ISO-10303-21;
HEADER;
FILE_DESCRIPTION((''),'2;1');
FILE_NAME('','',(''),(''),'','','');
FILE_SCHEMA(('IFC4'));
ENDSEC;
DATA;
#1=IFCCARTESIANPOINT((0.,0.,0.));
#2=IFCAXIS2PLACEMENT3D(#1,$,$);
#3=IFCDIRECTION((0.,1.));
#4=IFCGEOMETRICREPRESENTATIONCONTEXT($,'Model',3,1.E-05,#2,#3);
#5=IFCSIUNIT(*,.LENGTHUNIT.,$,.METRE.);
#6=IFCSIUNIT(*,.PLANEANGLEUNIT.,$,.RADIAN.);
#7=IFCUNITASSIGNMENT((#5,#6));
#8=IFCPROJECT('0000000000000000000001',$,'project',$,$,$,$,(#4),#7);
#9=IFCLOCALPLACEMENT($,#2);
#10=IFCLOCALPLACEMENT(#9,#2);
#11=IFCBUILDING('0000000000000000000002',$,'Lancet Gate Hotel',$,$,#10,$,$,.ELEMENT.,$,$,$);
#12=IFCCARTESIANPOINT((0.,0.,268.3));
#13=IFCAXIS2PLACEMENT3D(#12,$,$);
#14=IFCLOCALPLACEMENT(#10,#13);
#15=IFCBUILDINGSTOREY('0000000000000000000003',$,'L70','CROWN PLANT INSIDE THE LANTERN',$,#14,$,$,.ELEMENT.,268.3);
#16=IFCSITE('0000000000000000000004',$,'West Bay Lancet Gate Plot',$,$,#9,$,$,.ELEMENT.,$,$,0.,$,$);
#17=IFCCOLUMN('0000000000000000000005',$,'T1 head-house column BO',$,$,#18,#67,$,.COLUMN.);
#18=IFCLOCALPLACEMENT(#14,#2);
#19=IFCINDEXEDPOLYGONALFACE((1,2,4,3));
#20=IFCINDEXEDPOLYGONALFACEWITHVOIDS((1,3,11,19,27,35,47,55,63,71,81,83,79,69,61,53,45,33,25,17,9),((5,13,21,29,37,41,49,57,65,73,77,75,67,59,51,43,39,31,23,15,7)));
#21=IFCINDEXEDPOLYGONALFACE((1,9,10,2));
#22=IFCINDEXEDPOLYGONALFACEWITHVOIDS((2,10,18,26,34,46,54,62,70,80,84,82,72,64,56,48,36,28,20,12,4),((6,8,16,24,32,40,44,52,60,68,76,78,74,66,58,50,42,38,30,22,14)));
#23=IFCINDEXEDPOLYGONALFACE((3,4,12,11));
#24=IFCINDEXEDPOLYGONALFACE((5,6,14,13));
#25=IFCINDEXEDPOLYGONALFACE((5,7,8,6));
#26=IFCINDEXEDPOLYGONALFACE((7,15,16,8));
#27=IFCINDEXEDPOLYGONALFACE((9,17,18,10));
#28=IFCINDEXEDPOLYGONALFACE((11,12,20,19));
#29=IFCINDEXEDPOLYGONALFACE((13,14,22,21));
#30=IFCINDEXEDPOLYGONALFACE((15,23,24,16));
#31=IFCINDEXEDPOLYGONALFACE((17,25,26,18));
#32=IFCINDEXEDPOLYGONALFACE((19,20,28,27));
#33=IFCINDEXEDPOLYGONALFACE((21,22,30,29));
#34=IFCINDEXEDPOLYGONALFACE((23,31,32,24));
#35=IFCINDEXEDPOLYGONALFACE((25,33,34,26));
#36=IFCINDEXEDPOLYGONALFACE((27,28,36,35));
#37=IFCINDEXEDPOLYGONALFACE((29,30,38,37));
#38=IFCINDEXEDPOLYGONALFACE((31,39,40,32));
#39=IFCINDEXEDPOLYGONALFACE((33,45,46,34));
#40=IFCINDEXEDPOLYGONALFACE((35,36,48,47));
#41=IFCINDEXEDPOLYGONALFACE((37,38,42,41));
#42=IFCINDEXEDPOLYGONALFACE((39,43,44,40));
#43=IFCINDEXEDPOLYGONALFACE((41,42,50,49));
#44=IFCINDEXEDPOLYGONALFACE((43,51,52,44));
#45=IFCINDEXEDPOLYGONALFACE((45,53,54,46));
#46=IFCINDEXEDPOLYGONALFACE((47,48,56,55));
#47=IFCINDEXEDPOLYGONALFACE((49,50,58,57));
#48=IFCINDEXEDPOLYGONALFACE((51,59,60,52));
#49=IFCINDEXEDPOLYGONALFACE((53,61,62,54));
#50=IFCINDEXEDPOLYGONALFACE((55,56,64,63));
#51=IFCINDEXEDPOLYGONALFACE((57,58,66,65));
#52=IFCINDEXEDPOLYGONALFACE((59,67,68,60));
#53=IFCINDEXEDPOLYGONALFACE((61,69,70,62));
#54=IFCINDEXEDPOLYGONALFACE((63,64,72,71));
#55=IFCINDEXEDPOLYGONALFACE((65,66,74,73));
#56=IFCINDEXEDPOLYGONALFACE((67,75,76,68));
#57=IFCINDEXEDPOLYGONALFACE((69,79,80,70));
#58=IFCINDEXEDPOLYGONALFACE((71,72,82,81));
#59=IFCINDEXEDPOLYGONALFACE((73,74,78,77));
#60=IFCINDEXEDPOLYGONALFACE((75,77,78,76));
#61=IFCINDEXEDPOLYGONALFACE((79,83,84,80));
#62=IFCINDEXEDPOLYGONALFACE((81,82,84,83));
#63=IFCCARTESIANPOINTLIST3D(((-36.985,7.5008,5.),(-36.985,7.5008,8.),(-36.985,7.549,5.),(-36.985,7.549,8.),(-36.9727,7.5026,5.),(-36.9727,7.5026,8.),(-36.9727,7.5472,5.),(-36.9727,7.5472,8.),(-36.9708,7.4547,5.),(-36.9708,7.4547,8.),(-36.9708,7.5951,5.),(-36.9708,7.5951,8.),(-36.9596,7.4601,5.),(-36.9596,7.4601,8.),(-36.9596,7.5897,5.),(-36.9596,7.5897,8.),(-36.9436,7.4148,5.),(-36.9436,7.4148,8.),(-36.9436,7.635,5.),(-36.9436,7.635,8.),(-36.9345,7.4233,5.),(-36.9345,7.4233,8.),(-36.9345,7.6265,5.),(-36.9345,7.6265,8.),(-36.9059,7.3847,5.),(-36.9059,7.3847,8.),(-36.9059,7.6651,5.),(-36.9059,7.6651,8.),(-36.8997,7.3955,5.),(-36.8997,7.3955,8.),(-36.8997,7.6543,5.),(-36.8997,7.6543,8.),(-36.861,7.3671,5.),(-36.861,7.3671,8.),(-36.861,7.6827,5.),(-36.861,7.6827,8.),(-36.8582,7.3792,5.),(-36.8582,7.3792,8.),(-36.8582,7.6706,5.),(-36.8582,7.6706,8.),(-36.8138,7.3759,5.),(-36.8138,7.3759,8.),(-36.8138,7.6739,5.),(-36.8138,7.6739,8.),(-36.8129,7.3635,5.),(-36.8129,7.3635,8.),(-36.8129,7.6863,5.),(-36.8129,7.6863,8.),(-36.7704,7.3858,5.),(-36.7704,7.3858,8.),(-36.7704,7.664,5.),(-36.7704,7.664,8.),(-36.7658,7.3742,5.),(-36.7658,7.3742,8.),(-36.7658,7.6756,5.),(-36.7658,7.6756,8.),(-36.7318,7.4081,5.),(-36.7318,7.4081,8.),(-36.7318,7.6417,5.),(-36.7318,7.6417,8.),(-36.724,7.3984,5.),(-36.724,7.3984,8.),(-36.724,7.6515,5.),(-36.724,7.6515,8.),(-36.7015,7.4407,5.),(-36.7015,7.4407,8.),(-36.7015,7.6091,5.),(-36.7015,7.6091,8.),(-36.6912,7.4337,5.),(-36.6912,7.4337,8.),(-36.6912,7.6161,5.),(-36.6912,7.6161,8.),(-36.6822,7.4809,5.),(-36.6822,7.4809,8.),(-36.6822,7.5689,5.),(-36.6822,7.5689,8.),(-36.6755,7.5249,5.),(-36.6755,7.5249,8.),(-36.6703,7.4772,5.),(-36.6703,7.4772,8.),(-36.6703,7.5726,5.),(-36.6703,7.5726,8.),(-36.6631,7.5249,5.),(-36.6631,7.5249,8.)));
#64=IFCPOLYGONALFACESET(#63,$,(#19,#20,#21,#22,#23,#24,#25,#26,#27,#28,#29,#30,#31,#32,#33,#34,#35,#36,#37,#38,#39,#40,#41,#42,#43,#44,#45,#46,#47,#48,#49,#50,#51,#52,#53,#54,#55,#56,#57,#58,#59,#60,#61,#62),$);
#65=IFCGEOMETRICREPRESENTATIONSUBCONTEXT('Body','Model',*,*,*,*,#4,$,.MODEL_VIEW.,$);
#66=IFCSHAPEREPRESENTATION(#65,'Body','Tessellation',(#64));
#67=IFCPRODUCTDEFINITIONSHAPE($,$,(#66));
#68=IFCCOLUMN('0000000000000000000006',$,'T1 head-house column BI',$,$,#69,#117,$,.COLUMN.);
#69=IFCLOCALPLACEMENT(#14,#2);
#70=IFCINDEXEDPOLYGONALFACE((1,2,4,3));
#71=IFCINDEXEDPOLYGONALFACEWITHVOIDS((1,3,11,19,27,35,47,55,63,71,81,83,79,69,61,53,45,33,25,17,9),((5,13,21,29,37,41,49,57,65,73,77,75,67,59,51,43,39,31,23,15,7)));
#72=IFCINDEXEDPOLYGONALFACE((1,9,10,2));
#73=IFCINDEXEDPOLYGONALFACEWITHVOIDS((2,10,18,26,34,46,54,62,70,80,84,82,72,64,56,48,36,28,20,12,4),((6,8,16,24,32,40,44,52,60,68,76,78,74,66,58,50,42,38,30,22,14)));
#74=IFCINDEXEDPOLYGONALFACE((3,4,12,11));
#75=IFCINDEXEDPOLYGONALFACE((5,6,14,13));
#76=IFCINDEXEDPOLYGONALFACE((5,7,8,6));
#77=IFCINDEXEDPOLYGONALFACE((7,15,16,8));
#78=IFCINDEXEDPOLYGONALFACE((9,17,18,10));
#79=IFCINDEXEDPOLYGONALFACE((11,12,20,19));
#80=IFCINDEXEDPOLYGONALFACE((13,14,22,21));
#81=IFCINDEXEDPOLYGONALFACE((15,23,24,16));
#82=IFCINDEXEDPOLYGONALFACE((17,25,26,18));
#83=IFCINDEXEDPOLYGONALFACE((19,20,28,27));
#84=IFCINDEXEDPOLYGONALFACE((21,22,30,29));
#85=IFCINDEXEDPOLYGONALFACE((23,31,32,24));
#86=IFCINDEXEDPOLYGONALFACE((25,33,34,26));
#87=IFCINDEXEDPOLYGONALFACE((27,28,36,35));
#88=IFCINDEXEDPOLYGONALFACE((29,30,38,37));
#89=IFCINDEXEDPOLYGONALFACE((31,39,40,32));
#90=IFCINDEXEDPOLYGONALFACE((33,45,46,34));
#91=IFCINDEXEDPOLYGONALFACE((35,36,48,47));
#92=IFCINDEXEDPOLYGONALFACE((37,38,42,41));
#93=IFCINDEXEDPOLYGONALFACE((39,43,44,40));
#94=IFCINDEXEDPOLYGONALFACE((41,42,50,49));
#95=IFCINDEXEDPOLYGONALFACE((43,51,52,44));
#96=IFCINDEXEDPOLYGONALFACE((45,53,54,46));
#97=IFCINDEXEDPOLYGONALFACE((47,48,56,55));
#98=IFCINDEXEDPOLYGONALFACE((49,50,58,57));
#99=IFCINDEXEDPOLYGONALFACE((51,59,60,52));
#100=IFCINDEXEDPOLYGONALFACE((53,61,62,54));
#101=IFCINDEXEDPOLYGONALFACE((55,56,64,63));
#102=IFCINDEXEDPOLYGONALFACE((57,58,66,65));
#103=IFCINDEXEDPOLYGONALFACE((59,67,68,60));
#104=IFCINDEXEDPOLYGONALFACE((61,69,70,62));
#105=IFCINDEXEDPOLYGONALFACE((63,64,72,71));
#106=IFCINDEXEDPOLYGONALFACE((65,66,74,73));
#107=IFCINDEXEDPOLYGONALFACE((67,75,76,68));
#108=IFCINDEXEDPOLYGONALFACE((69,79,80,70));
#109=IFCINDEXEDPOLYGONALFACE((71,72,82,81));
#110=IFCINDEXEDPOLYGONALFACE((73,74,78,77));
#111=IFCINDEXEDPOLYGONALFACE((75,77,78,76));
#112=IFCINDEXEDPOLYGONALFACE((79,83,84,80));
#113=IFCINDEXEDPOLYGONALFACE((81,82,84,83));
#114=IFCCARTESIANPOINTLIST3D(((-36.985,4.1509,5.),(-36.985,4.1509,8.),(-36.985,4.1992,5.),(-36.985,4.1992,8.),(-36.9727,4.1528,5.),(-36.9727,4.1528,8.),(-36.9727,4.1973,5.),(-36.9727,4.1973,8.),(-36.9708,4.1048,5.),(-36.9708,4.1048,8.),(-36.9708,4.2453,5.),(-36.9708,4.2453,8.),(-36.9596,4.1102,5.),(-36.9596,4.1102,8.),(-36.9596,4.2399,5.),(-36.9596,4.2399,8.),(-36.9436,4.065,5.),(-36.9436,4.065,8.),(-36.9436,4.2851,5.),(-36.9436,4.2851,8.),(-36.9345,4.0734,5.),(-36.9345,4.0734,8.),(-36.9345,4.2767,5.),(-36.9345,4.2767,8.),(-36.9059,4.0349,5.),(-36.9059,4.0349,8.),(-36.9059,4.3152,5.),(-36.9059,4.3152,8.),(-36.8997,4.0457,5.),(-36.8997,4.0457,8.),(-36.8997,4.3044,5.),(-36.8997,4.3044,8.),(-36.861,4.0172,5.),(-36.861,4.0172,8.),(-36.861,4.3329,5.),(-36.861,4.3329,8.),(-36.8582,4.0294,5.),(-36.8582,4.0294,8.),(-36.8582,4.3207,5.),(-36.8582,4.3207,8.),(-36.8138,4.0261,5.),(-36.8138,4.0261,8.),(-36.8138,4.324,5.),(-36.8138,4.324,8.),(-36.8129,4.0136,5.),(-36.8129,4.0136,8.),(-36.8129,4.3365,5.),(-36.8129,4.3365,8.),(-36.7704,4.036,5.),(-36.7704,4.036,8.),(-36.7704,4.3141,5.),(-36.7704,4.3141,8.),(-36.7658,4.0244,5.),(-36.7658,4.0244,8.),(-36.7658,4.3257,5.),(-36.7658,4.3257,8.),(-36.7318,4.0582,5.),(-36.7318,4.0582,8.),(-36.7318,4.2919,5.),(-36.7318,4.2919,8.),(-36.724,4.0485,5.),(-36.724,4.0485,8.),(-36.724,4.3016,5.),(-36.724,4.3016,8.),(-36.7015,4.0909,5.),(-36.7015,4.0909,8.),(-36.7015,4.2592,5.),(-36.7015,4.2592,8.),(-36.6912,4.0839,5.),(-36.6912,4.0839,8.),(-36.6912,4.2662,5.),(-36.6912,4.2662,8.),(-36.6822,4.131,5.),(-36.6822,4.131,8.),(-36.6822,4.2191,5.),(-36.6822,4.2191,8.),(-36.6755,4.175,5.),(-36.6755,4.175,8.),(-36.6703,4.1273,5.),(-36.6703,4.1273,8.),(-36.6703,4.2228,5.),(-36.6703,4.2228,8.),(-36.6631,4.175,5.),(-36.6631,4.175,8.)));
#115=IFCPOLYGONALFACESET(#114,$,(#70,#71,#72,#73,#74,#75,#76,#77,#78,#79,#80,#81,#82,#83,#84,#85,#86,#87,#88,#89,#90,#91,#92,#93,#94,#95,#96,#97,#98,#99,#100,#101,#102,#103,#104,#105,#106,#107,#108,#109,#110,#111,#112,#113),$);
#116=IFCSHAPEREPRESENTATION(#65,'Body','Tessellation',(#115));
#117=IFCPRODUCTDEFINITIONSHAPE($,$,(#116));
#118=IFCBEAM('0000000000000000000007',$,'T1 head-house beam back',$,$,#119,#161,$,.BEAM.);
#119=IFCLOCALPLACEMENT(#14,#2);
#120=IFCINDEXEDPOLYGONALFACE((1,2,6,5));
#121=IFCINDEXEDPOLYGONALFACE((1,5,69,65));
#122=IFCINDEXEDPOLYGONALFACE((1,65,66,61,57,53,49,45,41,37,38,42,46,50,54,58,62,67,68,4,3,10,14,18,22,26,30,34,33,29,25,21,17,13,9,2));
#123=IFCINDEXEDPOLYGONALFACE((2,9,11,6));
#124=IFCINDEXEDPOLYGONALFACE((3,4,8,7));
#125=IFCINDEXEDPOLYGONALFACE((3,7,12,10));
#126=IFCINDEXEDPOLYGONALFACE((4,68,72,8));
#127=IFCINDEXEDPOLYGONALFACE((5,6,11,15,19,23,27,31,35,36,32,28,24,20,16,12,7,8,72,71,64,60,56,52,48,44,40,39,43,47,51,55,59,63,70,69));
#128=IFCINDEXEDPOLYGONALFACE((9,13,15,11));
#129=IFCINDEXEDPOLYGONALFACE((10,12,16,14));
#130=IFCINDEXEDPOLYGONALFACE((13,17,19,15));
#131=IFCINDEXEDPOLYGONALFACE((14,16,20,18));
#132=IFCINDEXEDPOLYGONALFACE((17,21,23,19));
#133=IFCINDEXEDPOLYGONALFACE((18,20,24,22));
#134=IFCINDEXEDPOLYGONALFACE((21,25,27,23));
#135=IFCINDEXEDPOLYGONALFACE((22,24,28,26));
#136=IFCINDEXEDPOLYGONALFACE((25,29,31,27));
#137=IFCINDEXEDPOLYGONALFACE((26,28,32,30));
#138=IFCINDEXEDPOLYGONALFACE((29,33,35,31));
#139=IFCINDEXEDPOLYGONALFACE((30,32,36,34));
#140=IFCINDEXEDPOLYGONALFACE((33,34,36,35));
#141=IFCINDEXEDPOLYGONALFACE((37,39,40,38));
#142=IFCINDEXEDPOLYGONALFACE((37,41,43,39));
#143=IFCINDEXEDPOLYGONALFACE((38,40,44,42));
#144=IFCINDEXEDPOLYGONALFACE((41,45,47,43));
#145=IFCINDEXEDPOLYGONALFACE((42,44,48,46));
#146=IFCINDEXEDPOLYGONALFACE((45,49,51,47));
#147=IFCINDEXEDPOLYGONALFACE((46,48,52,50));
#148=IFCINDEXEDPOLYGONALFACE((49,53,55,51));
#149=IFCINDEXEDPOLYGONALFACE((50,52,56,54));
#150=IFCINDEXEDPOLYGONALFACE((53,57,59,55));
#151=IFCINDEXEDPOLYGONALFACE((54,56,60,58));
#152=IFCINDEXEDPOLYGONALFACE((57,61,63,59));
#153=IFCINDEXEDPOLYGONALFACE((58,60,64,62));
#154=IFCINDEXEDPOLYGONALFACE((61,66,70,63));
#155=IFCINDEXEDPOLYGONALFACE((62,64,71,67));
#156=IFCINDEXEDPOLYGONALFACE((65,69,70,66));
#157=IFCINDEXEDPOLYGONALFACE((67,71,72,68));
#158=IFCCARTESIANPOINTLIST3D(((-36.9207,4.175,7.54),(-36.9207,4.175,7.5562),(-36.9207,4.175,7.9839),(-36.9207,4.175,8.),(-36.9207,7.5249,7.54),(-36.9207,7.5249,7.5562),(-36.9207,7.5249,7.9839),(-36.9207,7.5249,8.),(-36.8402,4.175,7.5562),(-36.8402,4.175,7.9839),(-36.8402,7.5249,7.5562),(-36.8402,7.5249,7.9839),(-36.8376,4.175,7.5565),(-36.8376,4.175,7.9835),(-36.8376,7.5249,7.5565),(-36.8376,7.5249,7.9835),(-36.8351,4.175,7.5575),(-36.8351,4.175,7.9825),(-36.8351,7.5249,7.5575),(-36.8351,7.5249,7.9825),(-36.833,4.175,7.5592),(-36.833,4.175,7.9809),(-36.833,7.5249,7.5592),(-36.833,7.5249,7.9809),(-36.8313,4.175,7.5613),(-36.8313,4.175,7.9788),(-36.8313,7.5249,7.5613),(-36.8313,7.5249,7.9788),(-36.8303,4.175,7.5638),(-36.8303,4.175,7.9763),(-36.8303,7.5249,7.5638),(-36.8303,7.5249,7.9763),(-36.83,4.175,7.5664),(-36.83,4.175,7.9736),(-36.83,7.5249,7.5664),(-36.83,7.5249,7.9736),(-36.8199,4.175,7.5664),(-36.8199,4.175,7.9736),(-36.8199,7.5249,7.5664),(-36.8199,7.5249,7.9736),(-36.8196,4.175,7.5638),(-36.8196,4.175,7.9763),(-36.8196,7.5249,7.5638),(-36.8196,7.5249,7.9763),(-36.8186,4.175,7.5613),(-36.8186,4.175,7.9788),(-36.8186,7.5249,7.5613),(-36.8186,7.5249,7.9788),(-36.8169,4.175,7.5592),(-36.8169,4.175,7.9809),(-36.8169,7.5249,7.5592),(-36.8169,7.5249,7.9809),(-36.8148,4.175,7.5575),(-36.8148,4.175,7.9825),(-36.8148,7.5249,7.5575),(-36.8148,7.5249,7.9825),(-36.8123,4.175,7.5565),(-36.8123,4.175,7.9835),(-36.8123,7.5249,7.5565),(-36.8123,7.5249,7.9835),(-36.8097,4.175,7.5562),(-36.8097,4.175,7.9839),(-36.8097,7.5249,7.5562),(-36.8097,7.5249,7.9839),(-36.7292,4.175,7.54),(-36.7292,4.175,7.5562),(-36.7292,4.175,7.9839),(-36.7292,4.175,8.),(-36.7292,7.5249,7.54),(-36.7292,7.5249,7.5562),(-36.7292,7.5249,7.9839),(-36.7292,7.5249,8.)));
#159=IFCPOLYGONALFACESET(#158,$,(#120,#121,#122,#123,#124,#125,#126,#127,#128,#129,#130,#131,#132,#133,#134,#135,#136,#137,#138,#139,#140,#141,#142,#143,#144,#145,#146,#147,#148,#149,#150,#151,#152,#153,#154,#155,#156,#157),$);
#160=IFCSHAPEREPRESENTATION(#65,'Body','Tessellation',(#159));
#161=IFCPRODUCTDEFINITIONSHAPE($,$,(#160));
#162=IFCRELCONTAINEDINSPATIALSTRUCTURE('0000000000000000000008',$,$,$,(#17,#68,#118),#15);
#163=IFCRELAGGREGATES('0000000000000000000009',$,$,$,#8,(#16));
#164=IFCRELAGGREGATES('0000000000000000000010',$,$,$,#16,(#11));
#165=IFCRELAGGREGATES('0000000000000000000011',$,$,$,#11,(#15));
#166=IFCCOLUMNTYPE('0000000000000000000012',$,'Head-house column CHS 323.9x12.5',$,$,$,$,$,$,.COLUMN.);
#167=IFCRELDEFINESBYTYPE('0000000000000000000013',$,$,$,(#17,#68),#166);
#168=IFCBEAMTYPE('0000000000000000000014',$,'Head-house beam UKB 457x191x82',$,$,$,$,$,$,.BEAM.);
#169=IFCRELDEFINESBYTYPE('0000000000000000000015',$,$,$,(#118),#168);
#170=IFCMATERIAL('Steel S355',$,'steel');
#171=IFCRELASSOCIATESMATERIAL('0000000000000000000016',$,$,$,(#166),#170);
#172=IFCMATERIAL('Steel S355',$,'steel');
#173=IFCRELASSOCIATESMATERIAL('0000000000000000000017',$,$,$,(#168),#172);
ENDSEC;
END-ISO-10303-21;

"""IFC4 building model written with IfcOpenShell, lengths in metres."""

from ifc_helpers import new_model, si_unit, direction, frame, origin, origin_2d, place, context, subcontext, project, spatial, hollow_circle, i_section, extrude, material, material_profile, profile_set, type_object, element, save


model = new_model("IFC4")

# Units and contexts
model_context = context("Model", 3, precision=1e-05, world=origin(), true_north=direction((0.0, 1.0)))
body_context = subcontext(model_context, "Body", "Model", "MODEL_VIEW")
ifc_project = project(units=[si_unit("LENGTHUNIT", "METRE"), si_unit("PLANEANGLEUNIT", "RADIAN")], contexts=[model_context])

# Site, building, storey
site_placement = place(None, origin())
site = spatial("IfcSite", under=ifc_project, at=site_placement, Name="West Bay Lancet Gate Plot", CompositionType="ELEMENT", RefElevation=0.0)
building_placement = place(site_placement, origin())
building = spatial("IfcBuilding", under=site, at=building_placement, Name="Lancet Gate Hotel", CompositionType="ELEMENT")
storey_placement = place(building_placement, frame((0.0, 0.0, 268.3)))
storey = spatial("IfcBuildingStorey", under=building, at=storey_placement, Name="L70", Description="CROWN PLANT INSIDE THE LANTERN", CompositionType="ELEMENT", Elevation=268.3)

# Columns
ifc_material_1 = material(Name="Steel S355", Category="steel")
ifc_material_profile_1 = material_profile(ifc_material_1, hollow_circle(Radius=0.1619, WallThickness=0.0125, at=origin_2d()), Name="CHS 323.9x12.5")
ifc_profile_set_1 = profile_set([ifc_material_profile_1], Name="Steel S355")
column_type = type_object("IfcColumnType", Name="Head-house column CHS 323.9x12.5", PredefinedType="COLUMN", material=ifc_profile_set_1)
for number, where, z_axis, x_axis, name in (
    (1, (-36.825, 7.5249, 5.0), (0.0, 0.0, 1.0), (1.0, 0.0, 0.0), "T1 head-house column BO"),
    (2, (-36.825, 4.175, 5.0), (0.0, 0.0, 1.0), (1.0, 0.0, 0.0), "T1 head-house column BI"),
):
    element("IfcColumn", number, at=place(storey_placement, frame(where, z_axis=z_axis, x_axis=x_axis)), inside=storey, type_object=column_type, Name=name, PredefinedType="COLUMN", context=body_context, shape_type="SweptSolid", body=[
        extrude(hollow_circle(Radius=0.1619, WallThickness=0.0125, at=origin_2d()), origin(), (0.0, 0.0, 1.0), 3.0),
    ])

# Beam
ifc_material_2 = material(Name="Steel S355", Category="steel")
ifc_material_profile_2 = material_profile(ifc_material_2, i_section(OverallWidth=0.1914, OverallDepth=0.46, WebThickness=0.01, FlangeThickness=0.0161, FilletRadius=0.0103, at=origin_2d()), Name="UKB 457x191x82")
ifc_profile_set_2 = profile_set([ifc_material_profile_2], Name="Steel S355")
beam_type_1 = type_object("IfcBeamType", Name="Head-house beam UKB 457x191x82", PredefinedType="BEAM", material=ifc_profile_set_2)
beam_1_placement = place(storey_placement, frame((-36.825, 7.5249, 7.77), z_axis=(0.0, -1.0, 0.0), x_axis=(1.0, 0.0, 0.0)))
element("IfcBeam", 3, at=beam_1_placement, inside=storey, type_object=beam_type_1, Name="T1 head-house beam back", PredefinedType="BEAM", context=body_context, shape_type="SweptSolid", body=[
    extrude(i_section(OverallWidth=0.1914, OverallDepth=0.46, WebThickness=0.01, FlangeThickness=0.0161, FilletRadius=0.0103, at=origin_2d()), origin(), (0.0, 0.0, 1.0), 3.3499),
])

save(model, "model.ifc")
